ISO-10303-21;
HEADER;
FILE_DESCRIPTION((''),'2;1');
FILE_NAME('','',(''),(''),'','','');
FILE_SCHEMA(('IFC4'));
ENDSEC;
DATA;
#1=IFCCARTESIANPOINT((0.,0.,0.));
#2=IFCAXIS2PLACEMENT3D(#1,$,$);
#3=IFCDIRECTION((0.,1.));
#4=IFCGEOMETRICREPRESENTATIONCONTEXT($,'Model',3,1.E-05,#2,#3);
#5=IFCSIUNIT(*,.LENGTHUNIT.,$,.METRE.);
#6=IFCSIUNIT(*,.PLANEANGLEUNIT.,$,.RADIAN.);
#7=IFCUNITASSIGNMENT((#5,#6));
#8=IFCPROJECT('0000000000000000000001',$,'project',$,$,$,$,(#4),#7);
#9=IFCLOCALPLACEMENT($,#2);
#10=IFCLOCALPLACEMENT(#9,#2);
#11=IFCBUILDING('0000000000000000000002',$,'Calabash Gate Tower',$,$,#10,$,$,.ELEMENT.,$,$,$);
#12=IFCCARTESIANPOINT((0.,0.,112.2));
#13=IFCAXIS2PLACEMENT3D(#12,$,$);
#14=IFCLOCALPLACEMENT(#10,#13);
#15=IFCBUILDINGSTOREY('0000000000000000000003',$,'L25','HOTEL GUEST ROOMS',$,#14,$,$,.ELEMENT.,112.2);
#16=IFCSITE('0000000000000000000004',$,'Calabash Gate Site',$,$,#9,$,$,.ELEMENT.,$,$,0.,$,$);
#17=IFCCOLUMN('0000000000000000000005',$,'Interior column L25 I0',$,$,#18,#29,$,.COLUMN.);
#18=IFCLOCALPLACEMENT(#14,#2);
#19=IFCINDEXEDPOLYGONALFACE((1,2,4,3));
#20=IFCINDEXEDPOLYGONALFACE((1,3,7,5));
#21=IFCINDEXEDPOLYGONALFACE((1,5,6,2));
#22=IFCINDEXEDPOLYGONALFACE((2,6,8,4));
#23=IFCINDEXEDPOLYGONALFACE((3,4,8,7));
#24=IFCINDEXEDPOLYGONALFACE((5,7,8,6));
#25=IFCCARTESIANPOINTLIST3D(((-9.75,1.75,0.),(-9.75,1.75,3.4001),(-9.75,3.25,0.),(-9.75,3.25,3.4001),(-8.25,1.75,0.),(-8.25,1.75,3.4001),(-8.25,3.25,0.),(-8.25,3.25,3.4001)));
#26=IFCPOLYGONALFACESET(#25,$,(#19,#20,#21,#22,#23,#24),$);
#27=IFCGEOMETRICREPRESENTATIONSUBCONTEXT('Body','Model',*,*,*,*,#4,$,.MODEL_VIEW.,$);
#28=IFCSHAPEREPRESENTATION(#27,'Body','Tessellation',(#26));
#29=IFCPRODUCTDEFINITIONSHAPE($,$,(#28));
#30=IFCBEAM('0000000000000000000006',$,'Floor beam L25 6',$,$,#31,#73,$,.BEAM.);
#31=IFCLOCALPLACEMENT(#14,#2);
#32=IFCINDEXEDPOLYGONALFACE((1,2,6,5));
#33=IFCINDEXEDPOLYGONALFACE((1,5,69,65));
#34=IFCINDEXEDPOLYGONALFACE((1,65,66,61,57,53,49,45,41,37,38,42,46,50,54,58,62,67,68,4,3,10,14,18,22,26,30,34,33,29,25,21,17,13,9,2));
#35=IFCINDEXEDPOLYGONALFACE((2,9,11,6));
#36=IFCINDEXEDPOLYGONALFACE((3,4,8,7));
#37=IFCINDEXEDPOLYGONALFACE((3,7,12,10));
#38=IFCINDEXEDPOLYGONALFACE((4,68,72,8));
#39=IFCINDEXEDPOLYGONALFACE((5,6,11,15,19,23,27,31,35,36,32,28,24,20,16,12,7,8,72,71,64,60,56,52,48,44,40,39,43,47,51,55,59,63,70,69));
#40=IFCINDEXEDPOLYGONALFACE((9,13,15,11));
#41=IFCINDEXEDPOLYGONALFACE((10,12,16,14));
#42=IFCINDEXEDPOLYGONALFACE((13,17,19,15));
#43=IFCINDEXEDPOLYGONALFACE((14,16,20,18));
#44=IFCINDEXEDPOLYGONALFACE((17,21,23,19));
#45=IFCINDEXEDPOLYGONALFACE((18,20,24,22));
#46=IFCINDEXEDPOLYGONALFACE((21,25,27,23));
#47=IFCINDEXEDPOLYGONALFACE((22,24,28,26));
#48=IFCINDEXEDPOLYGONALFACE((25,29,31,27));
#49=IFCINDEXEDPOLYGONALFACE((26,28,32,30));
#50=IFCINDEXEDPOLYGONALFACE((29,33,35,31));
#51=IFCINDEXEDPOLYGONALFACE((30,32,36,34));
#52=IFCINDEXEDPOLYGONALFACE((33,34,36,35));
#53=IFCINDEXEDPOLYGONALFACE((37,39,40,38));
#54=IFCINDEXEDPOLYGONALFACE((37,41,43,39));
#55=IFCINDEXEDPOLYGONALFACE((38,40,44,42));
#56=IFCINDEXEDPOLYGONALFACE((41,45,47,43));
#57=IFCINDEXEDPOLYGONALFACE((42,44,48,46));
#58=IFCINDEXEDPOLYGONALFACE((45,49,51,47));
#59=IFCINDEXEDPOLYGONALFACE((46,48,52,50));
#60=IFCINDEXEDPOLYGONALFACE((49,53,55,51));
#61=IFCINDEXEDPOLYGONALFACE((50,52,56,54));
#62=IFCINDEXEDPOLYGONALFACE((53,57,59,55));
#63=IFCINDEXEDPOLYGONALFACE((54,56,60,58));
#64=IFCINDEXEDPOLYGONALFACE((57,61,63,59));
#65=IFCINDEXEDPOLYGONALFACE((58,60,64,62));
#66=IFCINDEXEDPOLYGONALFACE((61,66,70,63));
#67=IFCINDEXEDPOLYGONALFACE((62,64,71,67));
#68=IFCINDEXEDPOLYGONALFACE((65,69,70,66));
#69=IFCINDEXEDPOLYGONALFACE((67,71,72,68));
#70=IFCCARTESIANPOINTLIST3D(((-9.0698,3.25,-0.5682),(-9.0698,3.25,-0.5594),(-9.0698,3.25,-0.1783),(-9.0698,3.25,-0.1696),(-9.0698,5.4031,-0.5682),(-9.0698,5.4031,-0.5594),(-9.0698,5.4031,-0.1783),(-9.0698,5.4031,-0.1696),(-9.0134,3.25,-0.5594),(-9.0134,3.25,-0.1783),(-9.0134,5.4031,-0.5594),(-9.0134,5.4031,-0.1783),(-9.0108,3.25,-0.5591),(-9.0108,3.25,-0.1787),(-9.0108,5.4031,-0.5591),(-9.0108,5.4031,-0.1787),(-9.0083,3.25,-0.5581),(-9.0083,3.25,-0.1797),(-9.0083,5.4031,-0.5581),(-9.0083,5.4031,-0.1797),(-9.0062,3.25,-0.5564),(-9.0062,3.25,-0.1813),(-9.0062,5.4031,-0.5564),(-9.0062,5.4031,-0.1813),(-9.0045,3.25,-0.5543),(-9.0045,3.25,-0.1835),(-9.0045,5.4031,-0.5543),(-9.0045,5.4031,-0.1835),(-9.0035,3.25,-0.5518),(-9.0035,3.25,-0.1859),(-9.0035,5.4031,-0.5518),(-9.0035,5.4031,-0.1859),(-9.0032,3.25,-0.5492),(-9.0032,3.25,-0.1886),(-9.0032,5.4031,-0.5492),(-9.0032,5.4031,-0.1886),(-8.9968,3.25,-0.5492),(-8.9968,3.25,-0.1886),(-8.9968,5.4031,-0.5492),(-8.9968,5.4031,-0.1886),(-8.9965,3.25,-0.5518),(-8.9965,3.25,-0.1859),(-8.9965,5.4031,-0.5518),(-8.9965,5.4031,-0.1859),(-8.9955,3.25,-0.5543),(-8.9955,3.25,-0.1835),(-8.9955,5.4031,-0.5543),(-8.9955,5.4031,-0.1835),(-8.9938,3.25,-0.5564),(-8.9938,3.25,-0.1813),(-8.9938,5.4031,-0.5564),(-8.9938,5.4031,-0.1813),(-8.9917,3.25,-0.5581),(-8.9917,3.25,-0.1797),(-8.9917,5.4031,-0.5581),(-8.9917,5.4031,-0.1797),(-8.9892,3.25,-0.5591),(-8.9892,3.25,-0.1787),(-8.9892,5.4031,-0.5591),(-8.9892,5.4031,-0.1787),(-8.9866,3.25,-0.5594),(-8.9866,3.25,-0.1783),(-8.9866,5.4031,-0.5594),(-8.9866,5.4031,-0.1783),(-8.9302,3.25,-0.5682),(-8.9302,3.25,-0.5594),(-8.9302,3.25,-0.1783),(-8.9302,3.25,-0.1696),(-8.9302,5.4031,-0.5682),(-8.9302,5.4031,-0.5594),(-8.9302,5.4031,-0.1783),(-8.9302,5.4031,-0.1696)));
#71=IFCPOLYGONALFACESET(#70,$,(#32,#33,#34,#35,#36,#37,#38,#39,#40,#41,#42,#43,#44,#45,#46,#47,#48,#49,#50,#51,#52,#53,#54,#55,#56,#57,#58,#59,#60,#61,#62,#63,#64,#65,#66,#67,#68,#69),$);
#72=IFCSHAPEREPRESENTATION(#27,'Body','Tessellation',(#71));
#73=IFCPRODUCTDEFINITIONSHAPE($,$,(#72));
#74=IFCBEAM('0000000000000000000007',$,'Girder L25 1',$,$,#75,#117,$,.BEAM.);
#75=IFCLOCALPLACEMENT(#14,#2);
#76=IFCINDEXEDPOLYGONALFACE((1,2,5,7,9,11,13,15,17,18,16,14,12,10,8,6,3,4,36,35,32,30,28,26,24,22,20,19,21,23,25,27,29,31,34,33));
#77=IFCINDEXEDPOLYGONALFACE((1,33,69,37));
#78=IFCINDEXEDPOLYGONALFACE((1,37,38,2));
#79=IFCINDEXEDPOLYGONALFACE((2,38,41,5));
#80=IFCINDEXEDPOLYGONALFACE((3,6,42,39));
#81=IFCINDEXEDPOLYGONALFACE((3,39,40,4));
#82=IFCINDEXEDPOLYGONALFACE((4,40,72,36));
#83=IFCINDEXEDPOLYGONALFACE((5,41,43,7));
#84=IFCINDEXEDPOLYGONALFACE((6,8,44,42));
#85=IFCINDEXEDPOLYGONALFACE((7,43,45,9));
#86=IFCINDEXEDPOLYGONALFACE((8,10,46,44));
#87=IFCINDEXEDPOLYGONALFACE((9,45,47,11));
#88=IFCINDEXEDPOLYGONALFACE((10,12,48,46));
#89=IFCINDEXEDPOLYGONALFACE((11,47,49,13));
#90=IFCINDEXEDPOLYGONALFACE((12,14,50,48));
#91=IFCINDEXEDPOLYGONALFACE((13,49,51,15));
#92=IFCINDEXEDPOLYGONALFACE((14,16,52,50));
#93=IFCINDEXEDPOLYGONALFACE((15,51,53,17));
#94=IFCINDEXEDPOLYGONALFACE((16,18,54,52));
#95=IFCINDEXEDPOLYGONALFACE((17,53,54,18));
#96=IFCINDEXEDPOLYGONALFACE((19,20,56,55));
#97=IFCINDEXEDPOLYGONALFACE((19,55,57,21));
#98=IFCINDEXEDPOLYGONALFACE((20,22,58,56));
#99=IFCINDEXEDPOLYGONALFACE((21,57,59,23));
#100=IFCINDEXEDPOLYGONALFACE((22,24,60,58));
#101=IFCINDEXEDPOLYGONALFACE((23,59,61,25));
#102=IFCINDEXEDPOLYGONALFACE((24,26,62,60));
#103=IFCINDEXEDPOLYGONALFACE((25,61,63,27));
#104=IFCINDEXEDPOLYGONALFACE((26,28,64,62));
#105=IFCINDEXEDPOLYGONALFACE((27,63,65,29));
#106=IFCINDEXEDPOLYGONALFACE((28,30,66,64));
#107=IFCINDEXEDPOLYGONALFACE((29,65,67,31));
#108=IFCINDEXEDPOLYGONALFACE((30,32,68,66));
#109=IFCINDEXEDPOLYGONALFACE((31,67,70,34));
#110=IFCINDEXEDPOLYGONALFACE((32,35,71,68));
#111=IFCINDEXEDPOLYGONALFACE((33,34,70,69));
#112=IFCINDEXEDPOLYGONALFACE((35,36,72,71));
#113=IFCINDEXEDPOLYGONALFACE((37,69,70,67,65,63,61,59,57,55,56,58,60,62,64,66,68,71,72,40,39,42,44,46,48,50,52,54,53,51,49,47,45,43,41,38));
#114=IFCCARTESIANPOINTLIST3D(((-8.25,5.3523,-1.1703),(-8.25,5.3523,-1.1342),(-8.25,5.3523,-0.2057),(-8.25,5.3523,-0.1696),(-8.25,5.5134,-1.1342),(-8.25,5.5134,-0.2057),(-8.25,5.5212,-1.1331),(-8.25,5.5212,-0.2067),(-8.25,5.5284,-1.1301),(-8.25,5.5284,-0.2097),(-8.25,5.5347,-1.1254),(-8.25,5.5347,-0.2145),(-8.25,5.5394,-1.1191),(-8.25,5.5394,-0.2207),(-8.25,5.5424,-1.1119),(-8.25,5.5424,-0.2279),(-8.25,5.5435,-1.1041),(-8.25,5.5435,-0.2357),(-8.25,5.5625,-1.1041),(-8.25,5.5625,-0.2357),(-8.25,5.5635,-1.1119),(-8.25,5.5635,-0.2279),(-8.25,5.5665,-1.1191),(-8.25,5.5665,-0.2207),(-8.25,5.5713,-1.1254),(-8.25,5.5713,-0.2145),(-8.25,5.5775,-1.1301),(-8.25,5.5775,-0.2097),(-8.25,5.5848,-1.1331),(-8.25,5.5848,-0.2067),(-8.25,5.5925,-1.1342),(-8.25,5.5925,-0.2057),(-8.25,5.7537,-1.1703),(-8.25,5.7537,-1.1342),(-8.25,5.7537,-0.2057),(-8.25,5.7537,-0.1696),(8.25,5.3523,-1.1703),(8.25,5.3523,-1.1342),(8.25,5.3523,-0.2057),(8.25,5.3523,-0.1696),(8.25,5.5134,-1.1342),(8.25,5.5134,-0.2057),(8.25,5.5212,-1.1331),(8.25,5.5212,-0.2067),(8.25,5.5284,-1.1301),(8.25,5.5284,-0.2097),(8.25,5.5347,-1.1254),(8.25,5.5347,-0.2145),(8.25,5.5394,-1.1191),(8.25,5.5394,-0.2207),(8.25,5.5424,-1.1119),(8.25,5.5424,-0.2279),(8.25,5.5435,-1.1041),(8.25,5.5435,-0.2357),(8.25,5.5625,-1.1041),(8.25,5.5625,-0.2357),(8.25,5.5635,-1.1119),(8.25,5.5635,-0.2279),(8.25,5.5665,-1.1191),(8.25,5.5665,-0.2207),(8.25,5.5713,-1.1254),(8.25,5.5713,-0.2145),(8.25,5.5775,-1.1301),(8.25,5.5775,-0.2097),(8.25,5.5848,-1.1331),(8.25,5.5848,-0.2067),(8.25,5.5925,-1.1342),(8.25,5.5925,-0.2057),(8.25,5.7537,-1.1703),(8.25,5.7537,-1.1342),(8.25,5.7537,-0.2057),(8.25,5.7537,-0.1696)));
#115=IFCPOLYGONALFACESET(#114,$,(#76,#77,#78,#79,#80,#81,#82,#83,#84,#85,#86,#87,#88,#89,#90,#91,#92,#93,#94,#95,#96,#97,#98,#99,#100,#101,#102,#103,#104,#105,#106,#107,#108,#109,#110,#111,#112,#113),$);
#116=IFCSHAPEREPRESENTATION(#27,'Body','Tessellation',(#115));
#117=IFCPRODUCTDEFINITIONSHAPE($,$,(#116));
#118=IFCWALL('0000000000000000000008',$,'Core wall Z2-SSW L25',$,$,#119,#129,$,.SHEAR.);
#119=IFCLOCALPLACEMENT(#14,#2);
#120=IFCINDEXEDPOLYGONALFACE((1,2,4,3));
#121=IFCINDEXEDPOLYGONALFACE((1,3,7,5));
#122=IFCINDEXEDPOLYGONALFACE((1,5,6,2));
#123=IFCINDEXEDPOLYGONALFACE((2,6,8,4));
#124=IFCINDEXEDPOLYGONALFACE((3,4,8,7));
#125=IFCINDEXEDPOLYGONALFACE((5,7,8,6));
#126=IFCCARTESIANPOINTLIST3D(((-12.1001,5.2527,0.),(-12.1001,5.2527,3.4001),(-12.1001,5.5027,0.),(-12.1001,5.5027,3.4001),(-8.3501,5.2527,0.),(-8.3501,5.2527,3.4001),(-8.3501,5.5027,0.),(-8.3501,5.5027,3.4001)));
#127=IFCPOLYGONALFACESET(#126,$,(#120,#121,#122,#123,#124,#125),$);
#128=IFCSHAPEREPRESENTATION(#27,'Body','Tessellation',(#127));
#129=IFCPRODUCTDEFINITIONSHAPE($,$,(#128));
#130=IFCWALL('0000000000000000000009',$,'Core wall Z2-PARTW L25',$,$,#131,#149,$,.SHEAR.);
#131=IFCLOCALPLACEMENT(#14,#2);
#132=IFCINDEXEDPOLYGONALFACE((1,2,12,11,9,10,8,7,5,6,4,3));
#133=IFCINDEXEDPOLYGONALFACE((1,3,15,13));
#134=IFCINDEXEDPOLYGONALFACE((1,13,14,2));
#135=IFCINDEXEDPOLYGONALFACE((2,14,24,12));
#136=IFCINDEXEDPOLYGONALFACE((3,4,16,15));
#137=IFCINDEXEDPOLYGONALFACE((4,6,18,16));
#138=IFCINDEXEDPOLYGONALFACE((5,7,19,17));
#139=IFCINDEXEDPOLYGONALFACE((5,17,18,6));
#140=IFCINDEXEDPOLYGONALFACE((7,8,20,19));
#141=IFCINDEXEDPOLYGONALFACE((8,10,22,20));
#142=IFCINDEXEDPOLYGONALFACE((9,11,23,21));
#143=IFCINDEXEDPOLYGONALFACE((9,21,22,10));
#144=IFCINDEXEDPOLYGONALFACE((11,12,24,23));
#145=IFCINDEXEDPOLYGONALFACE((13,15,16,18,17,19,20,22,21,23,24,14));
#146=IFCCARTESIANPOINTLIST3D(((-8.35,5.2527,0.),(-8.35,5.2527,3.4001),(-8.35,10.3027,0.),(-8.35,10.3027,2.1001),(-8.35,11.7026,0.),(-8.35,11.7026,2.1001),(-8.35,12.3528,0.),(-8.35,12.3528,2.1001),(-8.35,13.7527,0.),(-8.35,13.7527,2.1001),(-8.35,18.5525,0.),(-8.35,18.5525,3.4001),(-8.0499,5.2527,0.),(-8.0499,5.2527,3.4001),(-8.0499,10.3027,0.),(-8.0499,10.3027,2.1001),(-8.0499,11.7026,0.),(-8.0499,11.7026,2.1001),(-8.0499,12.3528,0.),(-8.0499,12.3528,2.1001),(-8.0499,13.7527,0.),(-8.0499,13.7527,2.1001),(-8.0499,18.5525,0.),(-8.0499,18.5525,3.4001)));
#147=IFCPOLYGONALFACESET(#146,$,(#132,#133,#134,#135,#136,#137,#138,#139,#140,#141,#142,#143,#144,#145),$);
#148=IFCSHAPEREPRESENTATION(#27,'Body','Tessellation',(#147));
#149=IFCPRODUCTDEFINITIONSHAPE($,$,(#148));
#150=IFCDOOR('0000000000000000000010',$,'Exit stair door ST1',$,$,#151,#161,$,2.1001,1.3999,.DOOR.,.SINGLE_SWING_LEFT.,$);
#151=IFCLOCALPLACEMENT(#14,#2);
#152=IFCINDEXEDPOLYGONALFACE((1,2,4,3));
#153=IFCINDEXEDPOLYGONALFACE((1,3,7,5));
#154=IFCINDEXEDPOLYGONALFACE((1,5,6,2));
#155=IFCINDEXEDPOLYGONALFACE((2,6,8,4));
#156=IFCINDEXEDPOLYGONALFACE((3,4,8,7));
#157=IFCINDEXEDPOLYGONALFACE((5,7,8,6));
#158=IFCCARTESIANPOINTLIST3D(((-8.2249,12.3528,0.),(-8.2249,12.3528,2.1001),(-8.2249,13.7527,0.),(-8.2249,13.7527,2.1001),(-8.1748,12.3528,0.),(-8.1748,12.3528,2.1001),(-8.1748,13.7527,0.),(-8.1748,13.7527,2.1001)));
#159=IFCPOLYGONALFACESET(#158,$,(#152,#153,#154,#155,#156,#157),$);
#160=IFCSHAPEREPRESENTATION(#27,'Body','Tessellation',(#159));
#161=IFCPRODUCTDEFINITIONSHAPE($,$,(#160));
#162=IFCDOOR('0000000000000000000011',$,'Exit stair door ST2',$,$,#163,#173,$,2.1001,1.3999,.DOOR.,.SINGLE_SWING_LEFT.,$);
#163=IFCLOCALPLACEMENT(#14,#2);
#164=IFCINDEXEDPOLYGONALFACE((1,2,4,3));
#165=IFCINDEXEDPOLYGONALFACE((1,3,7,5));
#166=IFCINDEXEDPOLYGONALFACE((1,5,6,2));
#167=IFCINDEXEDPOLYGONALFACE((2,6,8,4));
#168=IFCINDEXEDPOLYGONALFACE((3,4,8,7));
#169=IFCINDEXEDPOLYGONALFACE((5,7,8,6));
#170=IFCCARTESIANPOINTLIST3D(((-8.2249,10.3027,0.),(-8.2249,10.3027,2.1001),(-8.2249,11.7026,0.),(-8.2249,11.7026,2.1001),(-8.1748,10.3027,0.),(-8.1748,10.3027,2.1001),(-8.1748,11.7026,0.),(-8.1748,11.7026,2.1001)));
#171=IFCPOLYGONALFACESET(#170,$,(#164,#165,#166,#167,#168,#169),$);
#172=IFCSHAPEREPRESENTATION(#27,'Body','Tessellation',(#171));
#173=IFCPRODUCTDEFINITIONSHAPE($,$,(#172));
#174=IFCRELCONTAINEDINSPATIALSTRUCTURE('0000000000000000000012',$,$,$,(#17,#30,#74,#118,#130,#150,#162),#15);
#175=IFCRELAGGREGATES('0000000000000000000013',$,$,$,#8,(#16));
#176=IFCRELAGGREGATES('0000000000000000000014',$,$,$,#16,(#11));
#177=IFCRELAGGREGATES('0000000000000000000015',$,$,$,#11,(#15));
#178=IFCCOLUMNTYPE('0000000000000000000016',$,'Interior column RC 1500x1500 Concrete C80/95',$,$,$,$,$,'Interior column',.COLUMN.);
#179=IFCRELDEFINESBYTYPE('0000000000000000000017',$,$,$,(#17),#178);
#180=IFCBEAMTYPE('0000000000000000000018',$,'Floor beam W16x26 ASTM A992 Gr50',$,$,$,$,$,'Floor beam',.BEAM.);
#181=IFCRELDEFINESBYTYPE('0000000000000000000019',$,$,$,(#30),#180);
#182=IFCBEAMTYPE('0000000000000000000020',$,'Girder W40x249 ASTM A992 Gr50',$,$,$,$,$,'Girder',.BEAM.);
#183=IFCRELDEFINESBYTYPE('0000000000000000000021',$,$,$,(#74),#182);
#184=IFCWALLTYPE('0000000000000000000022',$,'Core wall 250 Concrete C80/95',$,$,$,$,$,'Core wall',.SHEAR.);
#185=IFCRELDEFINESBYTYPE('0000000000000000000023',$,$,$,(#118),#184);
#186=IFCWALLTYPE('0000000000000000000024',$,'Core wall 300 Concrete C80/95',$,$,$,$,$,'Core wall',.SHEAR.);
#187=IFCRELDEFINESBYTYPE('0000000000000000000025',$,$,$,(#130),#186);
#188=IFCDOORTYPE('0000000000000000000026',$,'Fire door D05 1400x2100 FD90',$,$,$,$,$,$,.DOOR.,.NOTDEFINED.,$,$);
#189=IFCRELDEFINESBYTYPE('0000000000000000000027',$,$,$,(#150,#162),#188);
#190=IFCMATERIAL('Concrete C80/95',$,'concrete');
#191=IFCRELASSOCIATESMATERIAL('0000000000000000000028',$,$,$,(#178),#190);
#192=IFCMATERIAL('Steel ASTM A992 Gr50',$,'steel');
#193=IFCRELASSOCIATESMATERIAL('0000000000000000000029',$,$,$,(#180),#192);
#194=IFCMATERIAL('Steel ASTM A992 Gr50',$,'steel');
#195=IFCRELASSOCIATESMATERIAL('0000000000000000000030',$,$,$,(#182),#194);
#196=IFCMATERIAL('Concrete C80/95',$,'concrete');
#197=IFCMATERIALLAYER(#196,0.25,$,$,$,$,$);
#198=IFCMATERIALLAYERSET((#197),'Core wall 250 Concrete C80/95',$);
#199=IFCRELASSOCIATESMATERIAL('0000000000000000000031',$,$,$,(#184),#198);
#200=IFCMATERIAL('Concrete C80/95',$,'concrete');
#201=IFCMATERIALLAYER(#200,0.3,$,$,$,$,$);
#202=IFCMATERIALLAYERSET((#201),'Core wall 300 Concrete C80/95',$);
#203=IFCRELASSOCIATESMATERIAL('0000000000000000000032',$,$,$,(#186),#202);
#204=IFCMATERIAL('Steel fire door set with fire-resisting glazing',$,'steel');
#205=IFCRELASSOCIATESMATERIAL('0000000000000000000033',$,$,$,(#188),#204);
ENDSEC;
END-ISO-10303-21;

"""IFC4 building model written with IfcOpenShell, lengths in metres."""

from ifc_helpers import new_model, si_unit, direction, frame, frame_2d, origin, origin_2d, place, context, subcontext, project, spatial, rectangle, i_section, extrude, material, layer, layer_set, material_profile, profile_set, type_object, element, fill, save


model = new_model("IFC4")

# Units and contexts
model_context = context("Model", 3, precision=1e-05, world=origin(), true_north=direction((0.0, 1.0)))
body_context = subcontext(model_context, "Body", "Model", "MODEL_VIEW")
ifc_project = project(units=[si_unit("LENGTHUNIT", "METRE"), si_unit("PLANEANGLEUNIT", "RADIAN")], contexts=[model_context])

# Site, building, storey
site_placement = place(None, origin())
site = spatial("IfcSite", under=ifc_project, at=site_placement, Name="Calabash Gate Site", CompositionType="ELEMENT", RefElevation=0.0)
building_placement = place(site_placement, origin())
building = spatial("IfcBuilding", under=site, at=building_placement, Name="Calabash Gate Tower", CompositionType="ELEMENT")
storey_placement = place(building_placement, frame((0.0, 0.0, 112.2)))
storey = spatial("IfcBuildingStorey", under=building, at=storey_placement, Name="L25", Description="HOTEL GUEST ROOMS", CompositionType="ELEMENT", Elevation=112.2)

# Column
ifc_material_1 = material(Name="Concrete C80/95", Category="concrete")
ifc_material_profile_1 = material_profile(ifc_material_1, rectangle(XDim=1.5, YDim=1.5, at=origin_2d()))
ifc_profile_set_1 = profile_set([ifc_material_profile_1], Name="Concrete C80/95")
column_type = type_object("IfcColumnType", Name="Interior column RC 1500x1500 Concrete C80/95", ElementType="Interior column", PredefinedType="COLUMN", material=ifc_profile_set_1)
column_placement = place(storey_placement, frame((-9.0, 2.5, 0.0), z_axis=(0.0, 0.0, 1.0), x_axis=(1.0, 0.0, 0.0)))
element("IfcColumn", 1, at=column_placement, inside=storey, type_object=column_type, Name="Interior column L25 I0", PredefinedType="COLUMN", context=body_context, shape_type="SweptSolid", body=[
    extrude(rectangle(XDim=1.5, YDim=1.5, at=origin_2d()), origin(), (0.0, 0.0, 1.0), 3.4001),
])

# Beams
ifc_material_2 = material(Name="Steel ASTM A992 Gr50", Category="steel")
ifc_material_profile_2 = material_profile(ifc_material_2, i_section(OverallWidth=0.1396, OverallDepth=0.3987, WebThickness=0.0063, FlangeThickness=0.0088, FilletRadius=0.0103, at=origin_2d()))
ifc_profile_set_2 = profile_set([ifc_material_profile_2], Name="Steel ASTM A992 Gr50")
beam_type_1 = type_object("IfcBeamType", Name="Floor beam W16x26 ASTM A992 Gr50", ElementType="Floor beam", PredefinedType="BEAM", material=ifc_profile_set_2)
beam_1_placement = place(storey_placement, frame((-9.0, 3.25, -0.3689), z_axis=(0.0, 1.0, 0.0), x_axis=(-1.0, 0.0, 0.0)))
element("IfcBeam", 2, at=beam_1_placement, inside=storey, type_object=beam_type_1, Name="Floor beam L25 6", PredefinedType="BEAM", context=body_context, shape_type="SweptSolid", body=[
    extrude(i_section(OverallWidth=0.1396, OverallDepth=0.3987, WebThickness=0.0063, FlangeThickness=0.0088, FilletRadius=0.0103, at=origin_2d()), origin(), (0.0, 0.0, 1.0), 2.1531),
])
ifc_material_3 = material(Name="Steel ASTM A992 Gr50", Category="steel")
ifc_material_profile_3 = material_profile(ifc_material_3, i_section(OverallWidth=0.4014, OverallDepth=1.0007, WebThickness=0.019, FlangeThickness=0.0361, FilletRadius=0.03, at=origin_2d()))
ifc_profile_set_3 = profile_set([ifc_material_profile_3], Name="Steel ASTM A992 Gr50")
beam_type_2 = type_object("IfcBeamType", Name="Girder W40x249 ASTM A992 Gr50", ElementType="Girder", PredefinedType="BEAM", material=ifc_profile_set_3)
beam_2_placement = place(storey_placement, frame((-8.25, 5.553, -0.6699), z_axis=(1.0, 0.0, 0.0), x_axis=(0.0, 1.0, 0.0)))
element("IfcBeam", 3, at=beam_2_placement, inside=storey, type_object=beam_type_2, Name="Girder L25 1", PredefinedType="BEAM", context=body_context, shape_type="SweptSolid", body=[
    extrude(i_section(OverallWidth=0.4014, OverallDepth=1.0007, WebThickness=0.019, FlangeThickness=0.0361, FilletRadius=0.03, at=origin_2d()), origin(), (0.0, 0.0, 1.0), 16.5),
])

# Wall
ifc_material_4 = material(Name="Concrete C80/95", Category="concrete")
ifc_layer_1 = layer(ifc_material_4, 0.25)
ifc_layer_set_1 = layer_set([ifc_layer_1], Name="Core wall 250 Concrete C80/95")
wall_type_1 = type_object("IfcWallType", Name="Core wall 250 Concrete C80/95", ElementType="Core wall", PredefinedType="SHEAR", material=ifc_layer_set_1)
wall_1_placement = place(storey_placement, frame((-12.1001, 5.3777, 0.0), z_axis=(0.0, 0.0, 1.0), x_axis=(1.0, 0.0, 0.0)))
element("IfcWall", 4, at=wall_1_placement, inside=storey, type_object=wall_type_1, Name="Core wall Z2-SSW L25", PredefinedType="SHEAR", context=body_context, shape_type="SweptSolid", body=[
    extrude(rectangle(XDim=3.75, YDim=0.25, at=frame_2d((1.875, 0.0))), origin(), (0.0, 0.0, 1.0), 3.4001),
])

# Wall, openings, doors
ifc_material_5 = material(Name="Concrete C80/95", Category="concrete")
ifc_layer_2 = layer(ifc_material_5, 0.3)
ifc_layer_set_2 = layer_set([ifc_layer_2], Name="Core wall 300 Concrete C80/95")
wall_type_2 = type_object("IfcWallType", Name="Core wall 300 Concrete C80/95", ElementType="Core wall", PredefinedType="SHEAR", material=ifc_layer_set_2)
wall_2_placement = place(storey_placement, frame((-8.2, 5.2527, 0.0), z_axis=(0.0, 0.0, 1.0), x_axis=(0.0, 1.0, 0.0)))
wall_2 = element("IfcWall", 5, at=wall_2_placement, inside=storey, type_object=wall_type_2, Name="Core wall Z2-PARTW L25", PredefinedType="SHEAR", context=body_context, shape_type="SweptSolid", body=[
    extrude(rectangle(XDim=13.2998, YDim=0.3, at=frame_2d((6.6499, 0.0))), origin(), (0.0, 0.0, 1.0), 3.4001),
])
opening_1_placement = place(wall_2_placement, frame((7.1001, 0.0, 0.0)))
opening_1 = element("IfcOpeningElement", 6, at=opening_1_placement, cuts=wall_2, PredefinedType="OPENING", context=body_context, shape_type="SweptSolid", body=[
    extrude(rectangle(XDim=1.3999, YDim=2.1001, at=frame_2d((0.7, 1.05))), frame((0.0, 0.1599, 0.0), z_axis=(0.0, -1.0, 0.0), x_axis=(1.0, 0.0, 0.0)), (0.0, 0.0, 1.0), 0.3201),
])
opening_2_placement = place(wall_2_placement, frame((5.05, 0.0, 0.0)))
opening_2 = element("IfcOpeningElement", 7, at=opening_2_placement, cuts=wall_2, PredefinedType="OPENING", context=body_context, shape_type="SweptSolid", body=[
    extrude(rectangle(XDim=1.3999, YDim=2.1001, at=frame_2d((0.7, 1.05))), frame((0.0, 0.1599, 0.0), z_axis=(0.0, -1.0, 0.0), x_axis=(1.0, 0.0, 0.0)), (0.0, 0.0, 1.0), 0.3201),
])
ifc_material_6 = material(Name="Steel fire door set with fire-resisting glazing", Category="steel")
door_type_1 = type_object("IfcDoorType", Name="Fire door D05 1400x2100 FD90", OperationType="NOTDEFINED", PredefinedType="DOOR", material=ifc_material_6)
door_1_placement = place(opening_1_placement, origin())
door_1 = element("IfcDoor", 8, at=door_1_placement, inside=storey, type_object=door_type_1, Name="Exit stair door ST1", OperationType="SINGLE_SWING_LEFT", OverallHeight=2.1001, OverallWidth=1.3999, PredefinedType="DOOR", context=body_context, shape_type="SweptSolid", body=[
    extrude(rectangle(XDim=1.3999, YDim=2.1001, at=frame_2d((0.7, 1.05))), frame((0.0, 0.0249, 0.0), z_axis=(0.0, -1.0, 0.0), x_axis=(1.0, 0.0, 0.0)), (0.0, 0.0, 1.0), 0.05),
])
fill(opening_1, door_1)
door_2_placement = place(opening_2_placement, origin())
door_2 = element("IfcDoor", 9, at=door_2_placement, inside=storey, type_object=door_type_1, Name="Exit stair door ST2", OperationType="SINGLE_SWING_LEFT", OverallHeight=2.1001, OverallWidth=1.3999, PredefinedType="DOOR", context=body_context, shape_type="SweptSolid", body=[
    extrude(rectangle(XDim=1.3999, YDim=2.1001, at=frame_2d((0.7, 1.05))), frame((0.0, 0.0249, 0.0), z_axis=(0.0, -1.0, 0.0), x_axis=(1.0, 0.0, 0.0)), (0.0, 0.0, 1.0), 0.05),
])
fill(opening_2, door_2)

save(model, "model.ifc")
